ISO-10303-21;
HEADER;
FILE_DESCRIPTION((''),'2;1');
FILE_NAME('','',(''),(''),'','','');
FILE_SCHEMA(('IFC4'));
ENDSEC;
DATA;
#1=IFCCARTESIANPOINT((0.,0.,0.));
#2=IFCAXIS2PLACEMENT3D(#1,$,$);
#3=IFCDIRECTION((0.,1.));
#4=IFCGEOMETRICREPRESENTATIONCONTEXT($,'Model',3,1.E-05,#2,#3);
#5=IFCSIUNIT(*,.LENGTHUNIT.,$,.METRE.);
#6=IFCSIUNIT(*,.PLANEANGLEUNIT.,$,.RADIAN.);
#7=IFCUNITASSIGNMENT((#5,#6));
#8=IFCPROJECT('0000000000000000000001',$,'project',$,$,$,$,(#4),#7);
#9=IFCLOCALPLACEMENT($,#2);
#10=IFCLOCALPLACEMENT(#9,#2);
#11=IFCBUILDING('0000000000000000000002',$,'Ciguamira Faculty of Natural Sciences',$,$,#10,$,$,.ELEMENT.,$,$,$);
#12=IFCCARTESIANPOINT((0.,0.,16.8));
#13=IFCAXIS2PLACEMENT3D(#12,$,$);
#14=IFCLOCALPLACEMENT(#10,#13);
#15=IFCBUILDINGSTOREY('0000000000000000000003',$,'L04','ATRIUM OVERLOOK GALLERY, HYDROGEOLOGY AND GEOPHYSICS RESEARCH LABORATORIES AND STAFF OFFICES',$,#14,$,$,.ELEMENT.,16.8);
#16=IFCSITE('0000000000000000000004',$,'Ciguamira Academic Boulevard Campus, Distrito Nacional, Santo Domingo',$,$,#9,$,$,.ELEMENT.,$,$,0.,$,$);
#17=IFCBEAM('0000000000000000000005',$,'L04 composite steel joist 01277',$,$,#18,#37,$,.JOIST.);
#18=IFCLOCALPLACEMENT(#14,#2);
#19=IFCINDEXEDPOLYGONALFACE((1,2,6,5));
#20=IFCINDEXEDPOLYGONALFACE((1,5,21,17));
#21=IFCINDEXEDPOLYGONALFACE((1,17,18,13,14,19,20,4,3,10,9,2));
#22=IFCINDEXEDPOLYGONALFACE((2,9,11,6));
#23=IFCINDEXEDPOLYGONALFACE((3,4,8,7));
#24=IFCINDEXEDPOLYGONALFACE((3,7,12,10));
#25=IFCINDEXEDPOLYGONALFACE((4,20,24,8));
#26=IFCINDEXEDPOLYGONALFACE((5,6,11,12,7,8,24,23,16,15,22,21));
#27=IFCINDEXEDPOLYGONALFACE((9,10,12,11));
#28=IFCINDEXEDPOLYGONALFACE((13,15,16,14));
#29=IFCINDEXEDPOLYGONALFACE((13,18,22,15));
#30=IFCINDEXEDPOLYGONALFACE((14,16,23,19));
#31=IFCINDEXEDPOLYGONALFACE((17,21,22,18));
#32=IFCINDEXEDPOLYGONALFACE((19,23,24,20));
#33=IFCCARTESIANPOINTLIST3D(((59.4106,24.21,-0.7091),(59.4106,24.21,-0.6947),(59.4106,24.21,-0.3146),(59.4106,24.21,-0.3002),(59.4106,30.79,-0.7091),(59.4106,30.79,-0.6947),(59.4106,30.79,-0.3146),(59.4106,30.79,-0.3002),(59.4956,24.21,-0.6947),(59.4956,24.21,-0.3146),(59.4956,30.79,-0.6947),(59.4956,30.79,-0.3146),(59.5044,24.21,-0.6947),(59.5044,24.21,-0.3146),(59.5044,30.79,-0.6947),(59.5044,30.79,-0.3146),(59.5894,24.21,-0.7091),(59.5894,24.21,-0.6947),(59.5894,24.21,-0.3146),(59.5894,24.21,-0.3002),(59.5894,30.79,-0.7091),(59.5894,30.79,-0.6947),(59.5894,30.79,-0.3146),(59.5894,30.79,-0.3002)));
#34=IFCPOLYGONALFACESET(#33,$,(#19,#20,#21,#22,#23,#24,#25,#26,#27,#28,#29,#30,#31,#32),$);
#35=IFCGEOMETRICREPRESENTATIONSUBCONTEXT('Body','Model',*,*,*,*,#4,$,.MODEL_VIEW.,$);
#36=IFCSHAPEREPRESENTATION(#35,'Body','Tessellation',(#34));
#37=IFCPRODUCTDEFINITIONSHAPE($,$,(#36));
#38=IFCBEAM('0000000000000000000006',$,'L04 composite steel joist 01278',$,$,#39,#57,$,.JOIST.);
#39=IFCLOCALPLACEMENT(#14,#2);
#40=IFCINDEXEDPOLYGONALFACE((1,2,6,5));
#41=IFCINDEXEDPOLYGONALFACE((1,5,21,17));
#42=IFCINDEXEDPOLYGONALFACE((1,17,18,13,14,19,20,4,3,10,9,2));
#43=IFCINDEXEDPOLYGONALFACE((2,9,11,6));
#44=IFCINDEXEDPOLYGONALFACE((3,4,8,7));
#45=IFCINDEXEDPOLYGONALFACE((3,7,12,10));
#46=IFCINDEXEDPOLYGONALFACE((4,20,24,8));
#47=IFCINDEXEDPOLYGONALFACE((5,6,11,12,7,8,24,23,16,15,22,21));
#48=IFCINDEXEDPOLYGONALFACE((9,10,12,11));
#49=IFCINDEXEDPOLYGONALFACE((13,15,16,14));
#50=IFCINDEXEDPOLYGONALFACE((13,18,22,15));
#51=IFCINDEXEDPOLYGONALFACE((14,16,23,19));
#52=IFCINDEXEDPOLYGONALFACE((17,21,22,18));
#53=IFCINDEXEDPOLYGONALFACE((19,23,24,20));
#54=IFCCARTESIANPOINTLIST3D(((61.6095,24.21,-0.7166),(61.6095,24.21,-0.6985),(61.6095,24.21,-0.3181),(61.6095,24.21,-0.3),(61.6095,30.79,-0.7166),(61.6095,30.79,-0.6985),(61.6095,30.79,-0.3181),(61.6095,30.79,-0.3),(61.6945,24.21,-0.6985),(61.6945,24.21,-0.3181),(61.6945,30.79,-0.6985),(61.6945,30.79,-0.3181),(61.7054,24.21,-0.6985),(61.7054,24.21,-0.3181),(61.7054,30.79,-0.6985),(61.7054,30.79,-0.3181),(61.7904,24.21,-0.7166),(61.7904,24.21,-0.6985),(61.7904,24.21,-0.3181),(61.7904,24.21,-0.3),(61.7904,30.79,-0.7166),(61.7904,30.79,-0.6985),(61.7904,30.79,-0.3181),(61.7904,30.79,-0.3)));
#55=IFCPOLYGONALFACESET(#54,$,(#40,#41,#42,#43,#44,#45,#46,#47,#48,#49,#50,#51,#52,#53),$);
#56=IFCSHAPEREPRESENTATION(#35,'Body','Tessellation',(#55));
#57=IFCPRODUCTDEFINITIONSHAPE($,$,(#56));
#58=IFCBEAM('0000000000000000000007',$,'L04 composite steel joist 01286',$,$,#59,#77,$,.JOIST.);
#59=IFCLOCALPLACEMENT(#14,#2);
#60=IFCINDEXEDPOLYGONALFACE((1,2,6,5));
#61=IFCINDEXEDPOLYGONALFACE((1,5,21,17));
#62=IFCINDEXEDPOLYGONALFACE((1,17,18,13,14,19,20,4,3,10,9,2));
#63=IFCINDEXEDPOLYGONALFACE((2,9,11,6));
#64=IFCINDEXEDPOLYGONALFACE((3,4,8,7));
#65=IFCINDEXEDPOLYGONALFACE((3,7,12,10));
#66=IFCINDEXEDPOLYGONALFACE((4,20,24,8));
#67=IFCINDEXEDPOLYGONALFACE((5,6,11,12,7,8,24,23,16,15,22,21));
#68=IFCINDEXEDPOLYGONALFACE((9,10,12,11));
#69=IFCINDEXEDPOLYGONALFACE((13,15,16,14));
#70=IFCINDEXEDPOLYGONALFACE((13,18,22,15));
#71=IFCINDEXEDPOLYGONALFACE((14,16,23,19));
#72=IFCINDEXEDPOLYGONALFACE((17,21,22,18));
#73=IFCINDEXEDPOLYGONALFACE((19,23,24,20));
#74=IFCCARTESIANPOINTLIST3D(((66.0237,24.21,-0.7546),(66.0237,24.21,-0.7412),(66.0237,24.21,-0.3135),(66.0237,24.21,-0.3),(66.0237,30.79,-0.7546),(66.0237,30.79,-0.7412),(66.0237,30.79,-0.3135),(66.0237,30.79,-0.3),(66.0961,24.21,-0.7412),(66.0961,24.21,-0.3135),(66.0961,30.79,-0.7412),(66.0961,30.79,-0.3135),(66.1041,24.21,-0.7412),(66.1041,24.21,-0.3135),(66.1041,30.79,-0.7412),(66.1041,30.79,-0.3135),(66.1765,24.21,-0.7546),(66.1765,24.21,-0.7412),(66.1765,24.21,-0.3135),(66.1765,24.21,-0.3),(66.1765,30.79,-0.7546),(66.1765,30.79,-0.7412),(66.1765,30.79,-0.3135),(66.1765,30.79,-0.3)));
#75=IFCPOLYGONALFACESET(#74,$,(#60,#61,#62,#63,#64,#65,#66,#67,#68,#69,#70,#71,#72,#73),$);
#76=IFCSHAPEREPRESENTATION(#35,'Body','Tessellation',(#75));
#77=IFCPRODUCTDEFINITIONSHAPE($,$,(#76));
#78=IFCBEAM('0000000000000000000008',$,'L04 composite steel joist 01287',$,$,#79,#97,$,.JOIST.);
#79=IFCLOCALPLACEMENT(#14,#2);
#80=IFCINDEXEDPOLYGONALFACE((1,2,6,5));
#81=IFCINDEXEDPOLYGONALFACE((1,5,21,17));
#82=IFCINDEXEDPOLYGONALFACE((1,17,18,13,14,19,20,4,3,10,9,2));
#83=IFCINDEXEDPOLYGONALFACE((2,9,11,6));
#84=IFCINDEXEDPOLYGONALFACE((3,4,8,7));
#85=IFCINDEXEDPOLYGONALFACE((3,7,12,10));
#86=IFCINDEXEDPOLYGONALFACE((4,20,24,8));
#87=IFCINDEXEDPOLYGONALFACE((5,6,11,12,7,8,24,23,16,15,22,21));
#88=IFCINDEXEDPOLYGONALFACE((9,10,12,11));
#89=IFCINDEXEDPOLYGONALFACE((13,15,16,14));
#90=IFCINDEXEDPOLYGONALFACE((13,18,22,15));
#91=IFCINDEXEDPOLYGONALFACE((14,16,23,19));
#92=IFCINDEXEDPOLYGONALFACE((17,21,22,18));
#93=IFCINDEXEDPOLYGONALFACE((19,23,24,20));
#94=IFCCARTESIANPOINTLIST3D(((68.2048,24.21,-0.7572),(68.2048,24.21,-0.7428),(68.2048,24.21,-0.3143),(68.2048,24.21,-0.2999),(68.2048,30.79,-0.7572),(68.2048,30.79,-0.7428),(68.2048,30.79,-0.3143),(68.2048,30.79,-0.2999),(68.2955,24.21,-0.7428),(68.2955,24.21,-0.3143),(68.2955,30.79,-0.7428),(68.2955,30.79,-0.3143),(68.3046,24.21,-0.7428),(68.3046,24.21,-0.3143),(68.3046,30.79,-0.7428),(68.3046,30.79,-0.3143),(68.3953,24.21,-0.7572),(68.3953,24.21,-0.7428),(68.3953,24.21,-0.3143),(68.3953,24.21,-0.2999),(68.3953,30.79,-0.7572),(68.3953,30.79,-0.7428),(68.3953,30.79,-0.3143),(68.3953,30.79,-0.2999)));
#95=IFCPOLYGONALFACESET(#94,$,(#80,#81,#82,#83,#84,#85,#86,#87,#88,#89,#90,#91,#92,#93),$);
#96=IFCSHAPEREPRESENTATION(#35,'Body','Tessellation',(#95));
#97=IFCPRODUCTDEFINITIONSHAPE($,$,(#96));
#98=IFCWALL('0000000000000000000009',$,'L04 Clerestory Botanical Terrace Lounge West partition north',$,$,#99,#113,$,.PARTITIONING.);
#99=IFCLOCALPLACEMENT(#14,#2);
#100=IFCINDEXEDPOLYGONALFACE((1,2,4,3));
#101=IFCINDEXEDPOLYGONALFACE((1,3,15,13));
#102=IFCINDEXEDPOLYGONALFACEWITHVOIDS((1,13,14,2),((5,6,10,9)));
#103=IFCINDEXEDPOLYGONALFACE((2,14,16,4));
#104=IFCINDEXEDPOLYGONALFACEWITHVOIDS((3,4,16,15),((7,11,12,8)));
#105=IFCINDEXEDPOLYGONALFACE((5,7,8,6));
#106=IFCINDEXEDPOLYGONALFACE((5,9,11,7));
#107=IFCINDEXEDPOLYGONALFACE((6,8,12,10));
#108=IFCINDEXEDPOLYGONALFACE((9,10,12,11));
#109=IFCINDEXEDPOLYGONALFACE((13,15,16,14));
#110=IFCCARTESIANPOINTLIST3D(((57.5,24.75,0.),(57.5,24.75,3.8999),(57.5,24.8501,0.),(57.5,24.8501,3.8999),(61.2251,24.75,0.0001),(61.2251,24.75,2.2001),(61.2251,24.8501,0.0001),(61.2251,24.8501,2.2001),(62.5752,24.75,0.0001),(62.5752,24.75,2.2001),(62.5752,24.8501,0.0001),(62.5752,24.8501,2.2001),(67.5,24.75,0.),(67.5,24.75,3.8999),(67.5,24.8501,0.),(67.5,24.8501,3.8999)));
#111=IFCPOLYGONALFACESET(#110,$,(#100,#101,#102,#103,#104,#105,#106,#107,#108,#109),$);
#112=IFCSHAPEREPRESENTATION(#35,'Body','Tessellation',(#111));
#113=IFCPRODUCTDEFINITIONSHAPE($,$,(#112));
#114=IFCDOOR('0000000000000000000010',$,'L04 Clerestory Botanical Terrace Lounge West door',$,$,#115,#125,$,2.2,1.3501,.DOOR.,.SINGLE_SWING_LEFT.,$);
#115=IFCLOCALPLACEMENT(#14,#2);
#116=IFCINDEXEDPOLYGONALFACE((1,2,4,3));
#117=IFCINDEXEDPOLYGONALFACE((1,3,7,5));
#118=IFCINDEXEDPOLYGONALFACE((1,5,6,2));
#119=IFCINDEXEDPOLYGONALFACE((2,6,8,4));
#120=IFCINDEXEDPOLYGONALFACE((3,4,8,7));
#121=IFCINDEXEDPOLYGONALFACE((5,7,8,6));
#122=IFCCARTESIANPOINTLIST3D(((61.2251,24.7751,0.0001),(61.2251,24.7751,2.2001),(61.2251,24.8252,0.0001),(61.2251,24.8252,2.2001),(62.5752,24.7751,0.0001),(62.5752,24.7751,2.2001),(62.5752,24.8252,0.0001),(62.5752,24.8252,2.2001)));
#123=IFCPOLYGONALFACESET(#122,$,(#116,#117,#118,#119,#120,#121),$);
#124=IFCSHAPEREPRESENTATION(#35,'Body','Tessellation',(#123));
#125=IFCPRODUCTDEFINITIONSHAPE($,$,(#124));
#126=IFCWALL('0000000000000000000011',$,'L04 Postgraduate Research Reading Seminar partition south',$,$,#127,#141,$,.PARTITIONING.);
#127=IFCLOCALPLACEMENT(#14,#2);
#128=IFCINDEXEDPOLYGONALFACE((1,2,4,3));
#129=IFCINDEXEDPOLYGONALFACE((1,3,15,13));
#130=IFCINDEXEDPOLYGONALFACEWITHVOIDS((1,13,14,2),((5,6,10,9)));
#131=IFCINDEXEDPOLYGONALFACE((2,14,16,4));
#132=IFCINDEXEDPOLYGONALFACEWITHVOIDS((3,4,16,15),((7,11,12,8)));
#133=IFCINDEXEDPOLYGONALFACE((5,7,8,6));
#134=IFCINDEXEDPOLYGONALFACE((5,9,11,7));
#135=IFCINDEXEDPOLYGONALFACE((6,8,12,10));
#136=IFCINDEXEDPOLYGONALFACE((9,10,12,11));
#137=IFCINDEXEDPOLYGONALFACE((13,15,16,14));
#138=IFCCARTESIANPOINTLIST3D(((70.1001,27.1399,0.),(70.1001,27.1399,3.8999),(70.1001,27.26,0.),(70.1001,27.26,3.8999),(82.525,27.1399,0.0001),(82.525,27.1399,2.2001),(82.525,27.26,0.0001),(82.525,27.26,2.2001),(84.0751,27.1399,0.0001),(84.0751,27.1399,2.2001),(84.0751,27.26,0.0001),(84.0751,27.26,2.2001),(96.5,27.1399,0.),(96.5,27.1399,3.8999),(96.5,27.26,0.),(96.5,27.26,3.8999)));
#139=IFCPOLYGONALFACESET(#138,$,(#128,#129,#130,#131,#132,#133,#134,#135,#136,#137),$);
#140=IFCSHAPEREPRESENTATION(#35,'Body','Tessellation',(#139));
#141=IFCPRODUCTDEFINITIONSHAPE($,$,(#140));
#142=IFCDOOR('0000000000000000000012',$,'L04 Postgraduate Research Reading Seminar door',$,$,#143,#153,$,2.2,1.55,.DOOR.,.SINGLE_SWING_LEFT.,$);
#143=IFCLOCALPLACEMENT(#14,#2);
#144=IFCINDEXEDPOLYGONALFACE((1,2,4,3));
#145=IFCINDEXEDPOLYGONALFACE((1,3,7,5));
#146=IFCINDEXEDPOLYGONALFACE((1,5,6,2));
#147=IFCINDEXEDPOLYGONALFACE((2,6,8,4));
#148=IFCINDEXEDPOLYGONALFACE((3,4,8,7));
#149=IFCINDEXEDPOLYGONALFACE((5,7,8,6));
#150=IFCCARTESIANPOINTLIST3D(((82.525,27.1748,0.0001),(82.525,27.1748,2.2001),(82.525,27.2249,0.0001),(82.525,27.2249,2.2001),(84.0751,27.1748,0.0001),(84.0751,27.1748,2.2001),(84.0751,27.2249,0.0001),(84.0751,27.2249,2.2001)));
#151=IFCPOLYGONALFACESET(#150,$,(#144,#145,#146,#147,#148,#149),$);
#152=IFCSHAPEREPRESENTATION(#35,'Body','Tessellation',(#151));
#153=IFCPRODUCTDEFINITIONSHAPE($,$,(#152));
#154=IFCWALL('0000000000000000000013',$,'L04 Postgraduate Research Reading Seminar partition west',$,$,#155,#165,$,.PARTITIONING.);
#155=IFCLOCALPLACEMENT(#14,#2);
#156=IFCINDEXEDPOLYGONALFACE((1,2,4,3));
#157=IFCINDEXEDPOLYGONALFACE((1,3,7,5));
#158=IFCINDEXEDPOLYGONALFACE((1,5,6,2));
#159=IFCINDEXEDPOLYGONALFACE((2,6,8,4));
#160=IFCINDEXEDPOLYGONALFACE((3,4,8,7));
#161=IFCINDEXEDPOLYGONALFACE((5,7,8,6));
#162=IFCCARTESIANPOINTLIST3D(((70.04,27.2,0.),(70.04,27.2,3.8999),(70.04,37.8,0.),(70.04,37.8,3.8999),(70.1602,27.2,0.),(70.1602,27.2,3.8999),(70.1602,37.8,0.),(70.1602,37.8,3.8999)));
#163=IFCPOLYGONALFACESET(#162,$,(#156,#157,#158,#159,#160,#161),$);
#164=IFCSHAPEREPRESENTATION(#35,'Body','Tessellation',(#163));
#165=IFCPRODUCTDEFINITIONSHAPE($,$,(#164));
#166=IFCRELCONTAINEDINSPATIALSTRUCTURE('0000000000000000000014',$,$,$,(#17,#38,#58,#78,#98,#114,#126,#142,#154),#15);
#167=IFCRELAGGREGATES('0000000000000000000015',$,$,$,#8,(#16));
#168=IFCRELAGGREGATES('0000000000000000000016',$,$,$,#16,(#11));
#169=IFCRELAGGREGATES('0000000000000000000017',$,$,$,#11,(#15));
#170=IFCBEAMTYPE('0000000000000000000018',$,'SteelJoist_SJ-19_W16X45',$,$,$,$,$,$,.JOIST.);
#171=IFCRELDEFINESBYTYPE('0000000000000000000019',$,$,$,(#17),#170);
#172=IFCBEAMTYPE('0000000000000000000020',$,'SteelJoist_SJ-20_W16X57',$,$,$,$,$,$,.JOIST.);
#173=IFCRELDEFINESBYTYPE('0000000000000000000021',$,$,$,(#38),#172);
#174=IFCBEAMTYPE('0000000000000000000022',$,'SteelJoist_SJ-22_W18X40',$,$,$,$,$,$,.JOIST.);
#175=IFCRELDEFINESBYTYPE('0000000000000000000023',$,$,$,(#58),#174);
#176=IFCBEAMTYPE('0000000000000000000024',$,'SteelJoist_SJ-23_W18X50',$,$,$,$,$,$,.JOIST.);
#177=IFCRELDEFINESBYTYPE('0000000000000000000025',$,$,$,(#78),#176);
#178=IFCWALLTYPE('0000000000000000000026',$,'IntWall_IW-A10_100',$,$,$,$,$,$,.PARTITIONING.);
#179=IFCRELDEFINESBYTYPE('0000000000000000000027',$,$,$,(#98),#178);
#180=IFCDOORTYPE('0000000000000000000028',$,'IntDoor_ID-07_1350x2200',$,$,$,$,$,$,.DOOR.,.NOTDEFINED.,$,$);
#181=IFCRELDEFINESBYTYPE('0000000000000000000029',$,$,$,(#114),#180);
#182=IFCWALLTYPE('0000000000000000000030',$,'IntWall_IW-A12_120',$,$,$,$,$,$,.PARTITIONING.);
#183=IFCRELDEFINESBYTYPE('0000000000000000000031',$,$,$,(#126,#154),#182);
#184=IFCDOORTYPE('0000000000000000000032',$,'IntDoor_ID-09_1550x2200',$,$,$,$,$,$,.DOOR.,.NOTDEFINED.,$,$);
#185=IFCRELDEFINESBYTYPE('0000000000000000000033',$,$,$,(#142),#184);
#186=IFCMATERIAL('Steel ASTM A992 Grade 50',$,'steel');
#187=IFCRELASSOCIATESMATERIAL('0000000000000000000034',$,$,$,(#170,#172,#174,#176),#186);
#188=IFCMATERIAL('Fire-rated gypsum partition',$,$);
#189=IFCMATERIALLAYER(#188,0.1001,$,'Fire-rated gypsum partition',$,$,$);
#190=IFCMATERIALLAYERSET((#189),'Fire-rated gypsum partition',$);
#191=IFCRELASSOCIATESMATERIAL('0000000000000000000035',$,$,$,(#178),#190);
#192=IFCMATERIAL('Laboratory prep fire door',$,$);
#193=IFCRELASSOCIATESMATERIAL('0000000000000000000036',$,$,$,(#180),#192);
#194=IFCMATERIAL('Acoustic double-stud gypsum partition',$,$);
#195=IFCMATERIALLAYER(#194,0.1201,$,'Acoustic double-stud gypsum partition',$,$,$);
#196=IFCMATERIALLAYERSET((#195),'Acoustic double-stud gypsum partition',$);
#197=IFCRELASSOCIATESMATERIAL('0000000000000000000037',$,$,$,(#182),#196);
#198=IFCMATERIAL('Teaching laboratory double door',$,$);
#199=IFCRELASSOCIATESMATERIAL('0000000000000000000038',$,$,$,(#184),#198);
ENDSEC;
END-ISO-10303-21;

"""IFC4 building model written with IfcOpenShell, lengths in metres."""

from ifc_helpers import new_model, si_unit, direction, frame, frame_2d, origin, origin_2d, place, context, subcontext, project, spatial, rectangle, i_section, extrude, material, layer, layer_set, material_profile, profile_set, type_object, element, fill, save


model = new_model("IFC4")

# Units and contexts
model_context = context("Model", 3, precision=1e-05, world=origin(), true_north=direction((0.0, 1.0)))
body_context = subcontext(model_context, "Body", "Model", "MODEL_VIEW")
ifc_project = project(units=[si_unit("LENGTHUNIT", "METRE"), si_unit("PLANEANGLEUNIT", "RADIAN")], contexts=[model_context])

# Site, building, storey
site_placement = place(None, origin())
site = spatial("IfcSite", under=ifc_project, at=site_placement, Name="Ciguamira Academic Boulevard Campus, Distrito Nacional, Santo Domingo", CompositionType="ELEMENT", RefElevation=0.0)
building_placement = place(site_placement, origin())
building = spatial("IfcBuilding", under=site, at=building_placement, Name="Ciguamira Faculty of Natural Sciences", CompositionType="ELEMENT")
storey_placement = place(building_placement, frame((0.0, 0.0, 16.8)))
storey = spatial("IfcBuildingStorey", under=building, at=storey_placement, Name="L04", Description="ATRIUM OVERLOOK GALLERY, HYDROGEOLOGY AND GEOPHYSICS RESEARCH LABORATORIES AND STAFF OFFICES", CompositionType="ELEMENT", Elevation=16.8)

# Beams
ifc_material_1 = material(Name="Steel ASTM A992 Grade 50", Category="steel")
ifc_material_profile_1 = material_profile(ifc_material_1, i_section(OverallWidth=0.1787, OverallDepth=0.4089, WebThickness=0.0088, FlangeThickness=0.0144, at=origin_2d()), Name="W16X45")
ifc_profile_set_1 = profile_set([ifc_material_profile_1], Name="Steel ASTM A992 Grade 50")
beam_type_1 = type_object("IfcBeamType", Name="SteelJoist_SJ-19_W16X45", PredefinedType="JOIST", material=ifc_profile_set_1)
beam_1_placement = place(storey_placement, frame((59.5, 24.21, -0.5046), z_axis=(0.0, 1.0, 0.0), x_axis=(-1.0, 0.0, 0.0)))
element("IfcBeam", 1, at=beam_1_placement, inside=storey, type_object=beam_type_1, Name="L04 composite steel joist 01277", PredefinedType="JOIST", context=body_context, shape_type="SweptSolid", body=[
    extrude(i_section(OverallWidth=0.1787, OverallDepth=0.4089, WebThickness=0.0088, FlangeThickness=0.0144, at=origin_2d()), origin(), (0.0, 0.0, 1.0), 6.5801),
])
ifc_material_profile_2 = material_profile(ifc_material_1, i_section(OverallWidth=0.1809, OverallDepth=0.4165, WebThickness=0.011, FlangeThickness=0.0181, at=origin_2d()), Name="W16X57")
ifc_profile_set_2 = profile_set([ifc_material_profile_2], Name="Steel ASTM A992 Grade 50")
beam_type_2 = type_object("IfcBeamType", Name="SteelJoist_SJ-20_W16X57", PredefinedType="JOIST", material=ifc_profile_set_2)
beam_2_placement = place(storey_placement, frame((61.7, 24.21, -0.5083), z_axis=(0.0, 1.0, 0.0), x_axis=(-1.0, 0.0, 0.0)))
element("IfcBeam", 2, at=beam_2_placement, inside=storey, type_object=beam_type_2, Name="L04 composite steel joist 01278", PredefinedType="JOIST", context=body_context, shape_type="SweptSolid", body=[
    extrude(i_section(OverallWidth=0.1809, OverallDepth=0.4165, WebThickness=0.011, FlangeThickness=0.0181, at=origin_2d()), origin(), (0.0, 0.0, 1.0), 6.5801),
])
ifc_material_profile_3 = material_profile(ifc_material_1, i_section(OverallWidth=0.1528, OverallDepth=0.4546, WebThickness=0.0081, FlangeThickness=0.0134, at=origin_2d()), Name="W18X40")
ifc_profile_set_3 = profile_set([ifc_material_profile_3], Name="Steel ASTM A992 Grade 50")
beam_type_3 = type_object("IfcBeamType", Name="SteelJoist_SJ-22_W18X40", PredefinedType="JOIST", material=ifc_profile_set_3)
beam_3_placement = place(storey_placement, frame((66.1001, 24.21, -0.5273), z_axis=(0.0, 1.0, 0.0), x_axis=(-1.0, 0.0, 0.0)))
element("IfcBeam", 3, at=beam_3_placement, inside=storey, type_object=beam_type_3, Name="L04 composite steel joist 01286", PredefinedType="JOIST", context=body_context, shape_type="SweptSolid", body=[
    extrude(i_section(OverallWidth=0.1528, OverallDepth=0.4546, WebThickness=0.0081, FlangeThickness=0.0134, at=origin_2d()), origin(), (0.0, 0.0, 1.0), 6.5801),
])
ifc_material_profile_4 = material_profile(ifc_material_1, i_section(OverallWidth=0.1904, OverallDepth=0.4573, WebThickness=0.009, FlangeThickness=0.0144, at=origin_2d()), Name="W18X50")
ifc_profile_set_4 = profile_set([ifc_material_profile_4], Name="Steel ASTM A992 Grade 50")
beam_type_4 = type_object("IfcBeamType", Name="SteelJoist_SJ-23_W18X50", PredefinedType="JOIST", material=ifc_profile_set_4)
beam_4_placement = place(storey_placement, frame((68.3, 24.21, -0.5286), z_axis=(0.0, 1.0, 0.0), x_axis=(-1.0, 0.0, 0.0)))
element("IfcBeam", 4, at=beam_4_placement, inside=storey, type_object=beam_type_4, Name="L04 composite steel joist 01287", PredefinedType="JOIST", context=body_context, shape_type="SweptSolid", body=[
    extrude(i_section(OverallWidth=0.1904, OverallDepth=0.4573, WebThickness=0.009, FlangeThickness=0.0144, at=origin_2d()), origin(), (0.0, 0.0, 1.0), 6.5801),
])

# Walls, openings, doors
ifc_material_2 = material(Name="Fire-rated gypsum partition")
ifc_layer_1 = layer(ifc_material_2, 0.1001, Name="Fire-rated gypsum partition")
ifc_layer_set_1 = layer_set([ifc_layer_1], Name="Fire-rated gypsum partition")
wall_type_1 = type_object("IfcWallType", Name="IntWall_IW-A10_100", PredefinedType="PARTITIONING", material=ifc_layer_set_1)
wall_1_placement = place(storey_placement, frame((57.5, 24.8, 0.0), z_axis=(0.0, 0.0, 1.0), x_axis=(1.0, 0.0, 0.0)))
wall_1 = element("IfcWall", 5, at=wall_1_placement, inside=storey, type_object=wall_type_1, Name="L04 Clerestory Botanical Terrace Lounge West partition north", PredefinedType="PARTITIONING", context=body_context, shape_type="SweptSolid", body=[
    extrude(rectangle(XDim=10.0, YDim=0.1001, at=frame_2d((5.0, 0.0))), origin(), (0.0, 0.0, 1.0), 3.8999),
])
opening_1_placement = place(wall_1_placement, frame((3.7251, 0.0, 0.0)))
opening_1 = element("IfcOpeningElement", 6, at=opening_1_placement, cuts=wall_1, PredefinedType="OPENING", context=body_context, shape_type="SweptSolid", body=[
    extrude(rectangle(XDim=1.3501, YDim=2.2, at=frame_2d((0.675, 1.1001))), frame((0.0, 0.0601, 0.0), z_axis=(0.0, -1.0, 0.0), x_axis=(1.0, 0.0, 0.0)), (0.0, 0.0, 1.0), 0.1201),
])
ifc_material_3 = material(Name="Laboratory prep fire door")
door_type_1 = type_object("IfcDoorType", Name="IntDoor_ID-07_1350x2200", OperationType="NOTDEFINED", PredefinedType="DOOR", material=ifc_material_3)
door_1_placement = place(opening_1_placement, frame((1.3501, 0.0, 0.0), z_axis=(0.0, 0.0, 1.0), x_axis=(-1.0, 0.0, 0.0)))
door_1 = element("IfcDoor", 7, at=door_1_placement, inside=storey, type_object=door_type_1, Name="L04 Clerestory Botanical Terrace Lounge West door", OperationType="SINGLE_SWING_LEFT", OverallHeight=2.2, OverallWidth=1.3501, PredefinedType="DOOR", context=body_context, shape_type="SweptSolid", body=[
    extrude(rectangle(XDim=1.3501, YDim=2.2, at=frame_2d((0.675, 1.1001))), frame((0.0, 0.0249, 0.0), z_axis=(0.0, -1.0, 0.0), x_axis=(1.0, 0.0, 0.0)), (0.0, 0.0, 1.0), 0.05),
])
fill(opening_1, door_1)
ifc_material_4 = material(Name="Acoustic double-stud gypsum partition")
ifc_layer_2 = layer(ifc_material_4, 0.1201, Name="Acoustic double-stud gypsum partition")
ifc_layer_set_2 = layer_set([ifc_layer_2], Name="Acoustic double-stud gypsum partition")
wall_type_2 = type_object("IfcWallType", Name="IntWall_IW-A12_120", PredefinedType="PARTITIONING", material=ifc_layer_set_2)
wall_2_placement = place(storey_placement, frame((70.1001, 27.2, 0.0), z_axis=(0.0, 0.0, 1.0), x_axis=(1.0, 0.0, 0.0)))
wall_2 = element("IfcWall", 8, at=wall_2_placement, inside=storey, type_object=wall_type_2, Name="L04 Postgraduate Research Reading Seminar partition south", PredefinedType="PARTITIONING", context=body_context, shape_type="SweptSolid", body=[
    extrude(rectangle(XDim=26.3999, YDim=0.1201, at=frame_2d((13.2, 0.0))), origin(), (0.0, 0.0, 1.0), 3.8999),
])
opening_2_placement = place(wall_2_placement, frame((12.425, 0.0, 0.0)))
opening_2 = element("IfcOpeningElement", 9, at=opening_2_placement, cuts=wall_2, PredefinedType="OPENING", context=body_context, shape_type="SweptSolid", body=[
    extrude(rectangle(XDim=1.55, YDim=2.2, at=frame_2d((0.7749, 1.1001))), frame((0.0, 0.0701, 0.0), z_axis=(0.0, -1.0, 0.0), x_axis=(1.0, 0.0, 0.0)), (0.0, 0.0, 1.0), 0.1401),
])
ifc_material_5 = material(Name="Teaching laboratory double door")
door_type_2 = type_object("IfcDoorType", Name="IntDoor_ID-09_1550x2200", OperationType="NOTDEFINED", PredefinedType="DOOR", material=ifc_material_5)
door_2_placement = place(opening_2_placement, origin())
door_2 = element("IfcDoor", 10, at=door_2_placement, inside=storey, type_object=door_type_2, Name="L04 Postgraduate Research Reading Seminar door", OperationType="SINGLE_SWING_LEFT", OverallHeight=2.2, OverallWidth=1.55, PredefinedType="DOOR", context=body_context, shape_type="SweptSolid", body=[
    extrude(rectangle(XDim=1.55, YDim=2.2, at=frame_2d((0.7749, 1.1001))), frame((0.0, 0.0249, 0.0), z_axis=(0.0, -1.0, 0.0), x_axis=(1.0, 0.0, 0.0)), (0.0, 0.0, 1.0), 0.05),
])
fill(opening_2, door_2)

# Wall
wall_3_placement = place(storey_placement, frame((70.1001, 27.2, 0.0), z_axis=(0.0, 0.0, 1.0), x_axis=(0.0, 1.0, 0.0)))
element("IfcWall", 11, at=wall_3_placement, inside=storey, type_object=wall_type_2, Name="L04 Postgraduate Research Reading Seminar partition west", PredefinedType="PARTITIONING", context=body_context, shape_type="SweptSolid", body=[
    extrude(rectangle(XDim=10.6001, YDim=0.1201, at=frame_2d((5.3, 0.0))), origin(), (0.0, 0.0, 1.0), 3.8999),
])

save(model, "model.ifc")
